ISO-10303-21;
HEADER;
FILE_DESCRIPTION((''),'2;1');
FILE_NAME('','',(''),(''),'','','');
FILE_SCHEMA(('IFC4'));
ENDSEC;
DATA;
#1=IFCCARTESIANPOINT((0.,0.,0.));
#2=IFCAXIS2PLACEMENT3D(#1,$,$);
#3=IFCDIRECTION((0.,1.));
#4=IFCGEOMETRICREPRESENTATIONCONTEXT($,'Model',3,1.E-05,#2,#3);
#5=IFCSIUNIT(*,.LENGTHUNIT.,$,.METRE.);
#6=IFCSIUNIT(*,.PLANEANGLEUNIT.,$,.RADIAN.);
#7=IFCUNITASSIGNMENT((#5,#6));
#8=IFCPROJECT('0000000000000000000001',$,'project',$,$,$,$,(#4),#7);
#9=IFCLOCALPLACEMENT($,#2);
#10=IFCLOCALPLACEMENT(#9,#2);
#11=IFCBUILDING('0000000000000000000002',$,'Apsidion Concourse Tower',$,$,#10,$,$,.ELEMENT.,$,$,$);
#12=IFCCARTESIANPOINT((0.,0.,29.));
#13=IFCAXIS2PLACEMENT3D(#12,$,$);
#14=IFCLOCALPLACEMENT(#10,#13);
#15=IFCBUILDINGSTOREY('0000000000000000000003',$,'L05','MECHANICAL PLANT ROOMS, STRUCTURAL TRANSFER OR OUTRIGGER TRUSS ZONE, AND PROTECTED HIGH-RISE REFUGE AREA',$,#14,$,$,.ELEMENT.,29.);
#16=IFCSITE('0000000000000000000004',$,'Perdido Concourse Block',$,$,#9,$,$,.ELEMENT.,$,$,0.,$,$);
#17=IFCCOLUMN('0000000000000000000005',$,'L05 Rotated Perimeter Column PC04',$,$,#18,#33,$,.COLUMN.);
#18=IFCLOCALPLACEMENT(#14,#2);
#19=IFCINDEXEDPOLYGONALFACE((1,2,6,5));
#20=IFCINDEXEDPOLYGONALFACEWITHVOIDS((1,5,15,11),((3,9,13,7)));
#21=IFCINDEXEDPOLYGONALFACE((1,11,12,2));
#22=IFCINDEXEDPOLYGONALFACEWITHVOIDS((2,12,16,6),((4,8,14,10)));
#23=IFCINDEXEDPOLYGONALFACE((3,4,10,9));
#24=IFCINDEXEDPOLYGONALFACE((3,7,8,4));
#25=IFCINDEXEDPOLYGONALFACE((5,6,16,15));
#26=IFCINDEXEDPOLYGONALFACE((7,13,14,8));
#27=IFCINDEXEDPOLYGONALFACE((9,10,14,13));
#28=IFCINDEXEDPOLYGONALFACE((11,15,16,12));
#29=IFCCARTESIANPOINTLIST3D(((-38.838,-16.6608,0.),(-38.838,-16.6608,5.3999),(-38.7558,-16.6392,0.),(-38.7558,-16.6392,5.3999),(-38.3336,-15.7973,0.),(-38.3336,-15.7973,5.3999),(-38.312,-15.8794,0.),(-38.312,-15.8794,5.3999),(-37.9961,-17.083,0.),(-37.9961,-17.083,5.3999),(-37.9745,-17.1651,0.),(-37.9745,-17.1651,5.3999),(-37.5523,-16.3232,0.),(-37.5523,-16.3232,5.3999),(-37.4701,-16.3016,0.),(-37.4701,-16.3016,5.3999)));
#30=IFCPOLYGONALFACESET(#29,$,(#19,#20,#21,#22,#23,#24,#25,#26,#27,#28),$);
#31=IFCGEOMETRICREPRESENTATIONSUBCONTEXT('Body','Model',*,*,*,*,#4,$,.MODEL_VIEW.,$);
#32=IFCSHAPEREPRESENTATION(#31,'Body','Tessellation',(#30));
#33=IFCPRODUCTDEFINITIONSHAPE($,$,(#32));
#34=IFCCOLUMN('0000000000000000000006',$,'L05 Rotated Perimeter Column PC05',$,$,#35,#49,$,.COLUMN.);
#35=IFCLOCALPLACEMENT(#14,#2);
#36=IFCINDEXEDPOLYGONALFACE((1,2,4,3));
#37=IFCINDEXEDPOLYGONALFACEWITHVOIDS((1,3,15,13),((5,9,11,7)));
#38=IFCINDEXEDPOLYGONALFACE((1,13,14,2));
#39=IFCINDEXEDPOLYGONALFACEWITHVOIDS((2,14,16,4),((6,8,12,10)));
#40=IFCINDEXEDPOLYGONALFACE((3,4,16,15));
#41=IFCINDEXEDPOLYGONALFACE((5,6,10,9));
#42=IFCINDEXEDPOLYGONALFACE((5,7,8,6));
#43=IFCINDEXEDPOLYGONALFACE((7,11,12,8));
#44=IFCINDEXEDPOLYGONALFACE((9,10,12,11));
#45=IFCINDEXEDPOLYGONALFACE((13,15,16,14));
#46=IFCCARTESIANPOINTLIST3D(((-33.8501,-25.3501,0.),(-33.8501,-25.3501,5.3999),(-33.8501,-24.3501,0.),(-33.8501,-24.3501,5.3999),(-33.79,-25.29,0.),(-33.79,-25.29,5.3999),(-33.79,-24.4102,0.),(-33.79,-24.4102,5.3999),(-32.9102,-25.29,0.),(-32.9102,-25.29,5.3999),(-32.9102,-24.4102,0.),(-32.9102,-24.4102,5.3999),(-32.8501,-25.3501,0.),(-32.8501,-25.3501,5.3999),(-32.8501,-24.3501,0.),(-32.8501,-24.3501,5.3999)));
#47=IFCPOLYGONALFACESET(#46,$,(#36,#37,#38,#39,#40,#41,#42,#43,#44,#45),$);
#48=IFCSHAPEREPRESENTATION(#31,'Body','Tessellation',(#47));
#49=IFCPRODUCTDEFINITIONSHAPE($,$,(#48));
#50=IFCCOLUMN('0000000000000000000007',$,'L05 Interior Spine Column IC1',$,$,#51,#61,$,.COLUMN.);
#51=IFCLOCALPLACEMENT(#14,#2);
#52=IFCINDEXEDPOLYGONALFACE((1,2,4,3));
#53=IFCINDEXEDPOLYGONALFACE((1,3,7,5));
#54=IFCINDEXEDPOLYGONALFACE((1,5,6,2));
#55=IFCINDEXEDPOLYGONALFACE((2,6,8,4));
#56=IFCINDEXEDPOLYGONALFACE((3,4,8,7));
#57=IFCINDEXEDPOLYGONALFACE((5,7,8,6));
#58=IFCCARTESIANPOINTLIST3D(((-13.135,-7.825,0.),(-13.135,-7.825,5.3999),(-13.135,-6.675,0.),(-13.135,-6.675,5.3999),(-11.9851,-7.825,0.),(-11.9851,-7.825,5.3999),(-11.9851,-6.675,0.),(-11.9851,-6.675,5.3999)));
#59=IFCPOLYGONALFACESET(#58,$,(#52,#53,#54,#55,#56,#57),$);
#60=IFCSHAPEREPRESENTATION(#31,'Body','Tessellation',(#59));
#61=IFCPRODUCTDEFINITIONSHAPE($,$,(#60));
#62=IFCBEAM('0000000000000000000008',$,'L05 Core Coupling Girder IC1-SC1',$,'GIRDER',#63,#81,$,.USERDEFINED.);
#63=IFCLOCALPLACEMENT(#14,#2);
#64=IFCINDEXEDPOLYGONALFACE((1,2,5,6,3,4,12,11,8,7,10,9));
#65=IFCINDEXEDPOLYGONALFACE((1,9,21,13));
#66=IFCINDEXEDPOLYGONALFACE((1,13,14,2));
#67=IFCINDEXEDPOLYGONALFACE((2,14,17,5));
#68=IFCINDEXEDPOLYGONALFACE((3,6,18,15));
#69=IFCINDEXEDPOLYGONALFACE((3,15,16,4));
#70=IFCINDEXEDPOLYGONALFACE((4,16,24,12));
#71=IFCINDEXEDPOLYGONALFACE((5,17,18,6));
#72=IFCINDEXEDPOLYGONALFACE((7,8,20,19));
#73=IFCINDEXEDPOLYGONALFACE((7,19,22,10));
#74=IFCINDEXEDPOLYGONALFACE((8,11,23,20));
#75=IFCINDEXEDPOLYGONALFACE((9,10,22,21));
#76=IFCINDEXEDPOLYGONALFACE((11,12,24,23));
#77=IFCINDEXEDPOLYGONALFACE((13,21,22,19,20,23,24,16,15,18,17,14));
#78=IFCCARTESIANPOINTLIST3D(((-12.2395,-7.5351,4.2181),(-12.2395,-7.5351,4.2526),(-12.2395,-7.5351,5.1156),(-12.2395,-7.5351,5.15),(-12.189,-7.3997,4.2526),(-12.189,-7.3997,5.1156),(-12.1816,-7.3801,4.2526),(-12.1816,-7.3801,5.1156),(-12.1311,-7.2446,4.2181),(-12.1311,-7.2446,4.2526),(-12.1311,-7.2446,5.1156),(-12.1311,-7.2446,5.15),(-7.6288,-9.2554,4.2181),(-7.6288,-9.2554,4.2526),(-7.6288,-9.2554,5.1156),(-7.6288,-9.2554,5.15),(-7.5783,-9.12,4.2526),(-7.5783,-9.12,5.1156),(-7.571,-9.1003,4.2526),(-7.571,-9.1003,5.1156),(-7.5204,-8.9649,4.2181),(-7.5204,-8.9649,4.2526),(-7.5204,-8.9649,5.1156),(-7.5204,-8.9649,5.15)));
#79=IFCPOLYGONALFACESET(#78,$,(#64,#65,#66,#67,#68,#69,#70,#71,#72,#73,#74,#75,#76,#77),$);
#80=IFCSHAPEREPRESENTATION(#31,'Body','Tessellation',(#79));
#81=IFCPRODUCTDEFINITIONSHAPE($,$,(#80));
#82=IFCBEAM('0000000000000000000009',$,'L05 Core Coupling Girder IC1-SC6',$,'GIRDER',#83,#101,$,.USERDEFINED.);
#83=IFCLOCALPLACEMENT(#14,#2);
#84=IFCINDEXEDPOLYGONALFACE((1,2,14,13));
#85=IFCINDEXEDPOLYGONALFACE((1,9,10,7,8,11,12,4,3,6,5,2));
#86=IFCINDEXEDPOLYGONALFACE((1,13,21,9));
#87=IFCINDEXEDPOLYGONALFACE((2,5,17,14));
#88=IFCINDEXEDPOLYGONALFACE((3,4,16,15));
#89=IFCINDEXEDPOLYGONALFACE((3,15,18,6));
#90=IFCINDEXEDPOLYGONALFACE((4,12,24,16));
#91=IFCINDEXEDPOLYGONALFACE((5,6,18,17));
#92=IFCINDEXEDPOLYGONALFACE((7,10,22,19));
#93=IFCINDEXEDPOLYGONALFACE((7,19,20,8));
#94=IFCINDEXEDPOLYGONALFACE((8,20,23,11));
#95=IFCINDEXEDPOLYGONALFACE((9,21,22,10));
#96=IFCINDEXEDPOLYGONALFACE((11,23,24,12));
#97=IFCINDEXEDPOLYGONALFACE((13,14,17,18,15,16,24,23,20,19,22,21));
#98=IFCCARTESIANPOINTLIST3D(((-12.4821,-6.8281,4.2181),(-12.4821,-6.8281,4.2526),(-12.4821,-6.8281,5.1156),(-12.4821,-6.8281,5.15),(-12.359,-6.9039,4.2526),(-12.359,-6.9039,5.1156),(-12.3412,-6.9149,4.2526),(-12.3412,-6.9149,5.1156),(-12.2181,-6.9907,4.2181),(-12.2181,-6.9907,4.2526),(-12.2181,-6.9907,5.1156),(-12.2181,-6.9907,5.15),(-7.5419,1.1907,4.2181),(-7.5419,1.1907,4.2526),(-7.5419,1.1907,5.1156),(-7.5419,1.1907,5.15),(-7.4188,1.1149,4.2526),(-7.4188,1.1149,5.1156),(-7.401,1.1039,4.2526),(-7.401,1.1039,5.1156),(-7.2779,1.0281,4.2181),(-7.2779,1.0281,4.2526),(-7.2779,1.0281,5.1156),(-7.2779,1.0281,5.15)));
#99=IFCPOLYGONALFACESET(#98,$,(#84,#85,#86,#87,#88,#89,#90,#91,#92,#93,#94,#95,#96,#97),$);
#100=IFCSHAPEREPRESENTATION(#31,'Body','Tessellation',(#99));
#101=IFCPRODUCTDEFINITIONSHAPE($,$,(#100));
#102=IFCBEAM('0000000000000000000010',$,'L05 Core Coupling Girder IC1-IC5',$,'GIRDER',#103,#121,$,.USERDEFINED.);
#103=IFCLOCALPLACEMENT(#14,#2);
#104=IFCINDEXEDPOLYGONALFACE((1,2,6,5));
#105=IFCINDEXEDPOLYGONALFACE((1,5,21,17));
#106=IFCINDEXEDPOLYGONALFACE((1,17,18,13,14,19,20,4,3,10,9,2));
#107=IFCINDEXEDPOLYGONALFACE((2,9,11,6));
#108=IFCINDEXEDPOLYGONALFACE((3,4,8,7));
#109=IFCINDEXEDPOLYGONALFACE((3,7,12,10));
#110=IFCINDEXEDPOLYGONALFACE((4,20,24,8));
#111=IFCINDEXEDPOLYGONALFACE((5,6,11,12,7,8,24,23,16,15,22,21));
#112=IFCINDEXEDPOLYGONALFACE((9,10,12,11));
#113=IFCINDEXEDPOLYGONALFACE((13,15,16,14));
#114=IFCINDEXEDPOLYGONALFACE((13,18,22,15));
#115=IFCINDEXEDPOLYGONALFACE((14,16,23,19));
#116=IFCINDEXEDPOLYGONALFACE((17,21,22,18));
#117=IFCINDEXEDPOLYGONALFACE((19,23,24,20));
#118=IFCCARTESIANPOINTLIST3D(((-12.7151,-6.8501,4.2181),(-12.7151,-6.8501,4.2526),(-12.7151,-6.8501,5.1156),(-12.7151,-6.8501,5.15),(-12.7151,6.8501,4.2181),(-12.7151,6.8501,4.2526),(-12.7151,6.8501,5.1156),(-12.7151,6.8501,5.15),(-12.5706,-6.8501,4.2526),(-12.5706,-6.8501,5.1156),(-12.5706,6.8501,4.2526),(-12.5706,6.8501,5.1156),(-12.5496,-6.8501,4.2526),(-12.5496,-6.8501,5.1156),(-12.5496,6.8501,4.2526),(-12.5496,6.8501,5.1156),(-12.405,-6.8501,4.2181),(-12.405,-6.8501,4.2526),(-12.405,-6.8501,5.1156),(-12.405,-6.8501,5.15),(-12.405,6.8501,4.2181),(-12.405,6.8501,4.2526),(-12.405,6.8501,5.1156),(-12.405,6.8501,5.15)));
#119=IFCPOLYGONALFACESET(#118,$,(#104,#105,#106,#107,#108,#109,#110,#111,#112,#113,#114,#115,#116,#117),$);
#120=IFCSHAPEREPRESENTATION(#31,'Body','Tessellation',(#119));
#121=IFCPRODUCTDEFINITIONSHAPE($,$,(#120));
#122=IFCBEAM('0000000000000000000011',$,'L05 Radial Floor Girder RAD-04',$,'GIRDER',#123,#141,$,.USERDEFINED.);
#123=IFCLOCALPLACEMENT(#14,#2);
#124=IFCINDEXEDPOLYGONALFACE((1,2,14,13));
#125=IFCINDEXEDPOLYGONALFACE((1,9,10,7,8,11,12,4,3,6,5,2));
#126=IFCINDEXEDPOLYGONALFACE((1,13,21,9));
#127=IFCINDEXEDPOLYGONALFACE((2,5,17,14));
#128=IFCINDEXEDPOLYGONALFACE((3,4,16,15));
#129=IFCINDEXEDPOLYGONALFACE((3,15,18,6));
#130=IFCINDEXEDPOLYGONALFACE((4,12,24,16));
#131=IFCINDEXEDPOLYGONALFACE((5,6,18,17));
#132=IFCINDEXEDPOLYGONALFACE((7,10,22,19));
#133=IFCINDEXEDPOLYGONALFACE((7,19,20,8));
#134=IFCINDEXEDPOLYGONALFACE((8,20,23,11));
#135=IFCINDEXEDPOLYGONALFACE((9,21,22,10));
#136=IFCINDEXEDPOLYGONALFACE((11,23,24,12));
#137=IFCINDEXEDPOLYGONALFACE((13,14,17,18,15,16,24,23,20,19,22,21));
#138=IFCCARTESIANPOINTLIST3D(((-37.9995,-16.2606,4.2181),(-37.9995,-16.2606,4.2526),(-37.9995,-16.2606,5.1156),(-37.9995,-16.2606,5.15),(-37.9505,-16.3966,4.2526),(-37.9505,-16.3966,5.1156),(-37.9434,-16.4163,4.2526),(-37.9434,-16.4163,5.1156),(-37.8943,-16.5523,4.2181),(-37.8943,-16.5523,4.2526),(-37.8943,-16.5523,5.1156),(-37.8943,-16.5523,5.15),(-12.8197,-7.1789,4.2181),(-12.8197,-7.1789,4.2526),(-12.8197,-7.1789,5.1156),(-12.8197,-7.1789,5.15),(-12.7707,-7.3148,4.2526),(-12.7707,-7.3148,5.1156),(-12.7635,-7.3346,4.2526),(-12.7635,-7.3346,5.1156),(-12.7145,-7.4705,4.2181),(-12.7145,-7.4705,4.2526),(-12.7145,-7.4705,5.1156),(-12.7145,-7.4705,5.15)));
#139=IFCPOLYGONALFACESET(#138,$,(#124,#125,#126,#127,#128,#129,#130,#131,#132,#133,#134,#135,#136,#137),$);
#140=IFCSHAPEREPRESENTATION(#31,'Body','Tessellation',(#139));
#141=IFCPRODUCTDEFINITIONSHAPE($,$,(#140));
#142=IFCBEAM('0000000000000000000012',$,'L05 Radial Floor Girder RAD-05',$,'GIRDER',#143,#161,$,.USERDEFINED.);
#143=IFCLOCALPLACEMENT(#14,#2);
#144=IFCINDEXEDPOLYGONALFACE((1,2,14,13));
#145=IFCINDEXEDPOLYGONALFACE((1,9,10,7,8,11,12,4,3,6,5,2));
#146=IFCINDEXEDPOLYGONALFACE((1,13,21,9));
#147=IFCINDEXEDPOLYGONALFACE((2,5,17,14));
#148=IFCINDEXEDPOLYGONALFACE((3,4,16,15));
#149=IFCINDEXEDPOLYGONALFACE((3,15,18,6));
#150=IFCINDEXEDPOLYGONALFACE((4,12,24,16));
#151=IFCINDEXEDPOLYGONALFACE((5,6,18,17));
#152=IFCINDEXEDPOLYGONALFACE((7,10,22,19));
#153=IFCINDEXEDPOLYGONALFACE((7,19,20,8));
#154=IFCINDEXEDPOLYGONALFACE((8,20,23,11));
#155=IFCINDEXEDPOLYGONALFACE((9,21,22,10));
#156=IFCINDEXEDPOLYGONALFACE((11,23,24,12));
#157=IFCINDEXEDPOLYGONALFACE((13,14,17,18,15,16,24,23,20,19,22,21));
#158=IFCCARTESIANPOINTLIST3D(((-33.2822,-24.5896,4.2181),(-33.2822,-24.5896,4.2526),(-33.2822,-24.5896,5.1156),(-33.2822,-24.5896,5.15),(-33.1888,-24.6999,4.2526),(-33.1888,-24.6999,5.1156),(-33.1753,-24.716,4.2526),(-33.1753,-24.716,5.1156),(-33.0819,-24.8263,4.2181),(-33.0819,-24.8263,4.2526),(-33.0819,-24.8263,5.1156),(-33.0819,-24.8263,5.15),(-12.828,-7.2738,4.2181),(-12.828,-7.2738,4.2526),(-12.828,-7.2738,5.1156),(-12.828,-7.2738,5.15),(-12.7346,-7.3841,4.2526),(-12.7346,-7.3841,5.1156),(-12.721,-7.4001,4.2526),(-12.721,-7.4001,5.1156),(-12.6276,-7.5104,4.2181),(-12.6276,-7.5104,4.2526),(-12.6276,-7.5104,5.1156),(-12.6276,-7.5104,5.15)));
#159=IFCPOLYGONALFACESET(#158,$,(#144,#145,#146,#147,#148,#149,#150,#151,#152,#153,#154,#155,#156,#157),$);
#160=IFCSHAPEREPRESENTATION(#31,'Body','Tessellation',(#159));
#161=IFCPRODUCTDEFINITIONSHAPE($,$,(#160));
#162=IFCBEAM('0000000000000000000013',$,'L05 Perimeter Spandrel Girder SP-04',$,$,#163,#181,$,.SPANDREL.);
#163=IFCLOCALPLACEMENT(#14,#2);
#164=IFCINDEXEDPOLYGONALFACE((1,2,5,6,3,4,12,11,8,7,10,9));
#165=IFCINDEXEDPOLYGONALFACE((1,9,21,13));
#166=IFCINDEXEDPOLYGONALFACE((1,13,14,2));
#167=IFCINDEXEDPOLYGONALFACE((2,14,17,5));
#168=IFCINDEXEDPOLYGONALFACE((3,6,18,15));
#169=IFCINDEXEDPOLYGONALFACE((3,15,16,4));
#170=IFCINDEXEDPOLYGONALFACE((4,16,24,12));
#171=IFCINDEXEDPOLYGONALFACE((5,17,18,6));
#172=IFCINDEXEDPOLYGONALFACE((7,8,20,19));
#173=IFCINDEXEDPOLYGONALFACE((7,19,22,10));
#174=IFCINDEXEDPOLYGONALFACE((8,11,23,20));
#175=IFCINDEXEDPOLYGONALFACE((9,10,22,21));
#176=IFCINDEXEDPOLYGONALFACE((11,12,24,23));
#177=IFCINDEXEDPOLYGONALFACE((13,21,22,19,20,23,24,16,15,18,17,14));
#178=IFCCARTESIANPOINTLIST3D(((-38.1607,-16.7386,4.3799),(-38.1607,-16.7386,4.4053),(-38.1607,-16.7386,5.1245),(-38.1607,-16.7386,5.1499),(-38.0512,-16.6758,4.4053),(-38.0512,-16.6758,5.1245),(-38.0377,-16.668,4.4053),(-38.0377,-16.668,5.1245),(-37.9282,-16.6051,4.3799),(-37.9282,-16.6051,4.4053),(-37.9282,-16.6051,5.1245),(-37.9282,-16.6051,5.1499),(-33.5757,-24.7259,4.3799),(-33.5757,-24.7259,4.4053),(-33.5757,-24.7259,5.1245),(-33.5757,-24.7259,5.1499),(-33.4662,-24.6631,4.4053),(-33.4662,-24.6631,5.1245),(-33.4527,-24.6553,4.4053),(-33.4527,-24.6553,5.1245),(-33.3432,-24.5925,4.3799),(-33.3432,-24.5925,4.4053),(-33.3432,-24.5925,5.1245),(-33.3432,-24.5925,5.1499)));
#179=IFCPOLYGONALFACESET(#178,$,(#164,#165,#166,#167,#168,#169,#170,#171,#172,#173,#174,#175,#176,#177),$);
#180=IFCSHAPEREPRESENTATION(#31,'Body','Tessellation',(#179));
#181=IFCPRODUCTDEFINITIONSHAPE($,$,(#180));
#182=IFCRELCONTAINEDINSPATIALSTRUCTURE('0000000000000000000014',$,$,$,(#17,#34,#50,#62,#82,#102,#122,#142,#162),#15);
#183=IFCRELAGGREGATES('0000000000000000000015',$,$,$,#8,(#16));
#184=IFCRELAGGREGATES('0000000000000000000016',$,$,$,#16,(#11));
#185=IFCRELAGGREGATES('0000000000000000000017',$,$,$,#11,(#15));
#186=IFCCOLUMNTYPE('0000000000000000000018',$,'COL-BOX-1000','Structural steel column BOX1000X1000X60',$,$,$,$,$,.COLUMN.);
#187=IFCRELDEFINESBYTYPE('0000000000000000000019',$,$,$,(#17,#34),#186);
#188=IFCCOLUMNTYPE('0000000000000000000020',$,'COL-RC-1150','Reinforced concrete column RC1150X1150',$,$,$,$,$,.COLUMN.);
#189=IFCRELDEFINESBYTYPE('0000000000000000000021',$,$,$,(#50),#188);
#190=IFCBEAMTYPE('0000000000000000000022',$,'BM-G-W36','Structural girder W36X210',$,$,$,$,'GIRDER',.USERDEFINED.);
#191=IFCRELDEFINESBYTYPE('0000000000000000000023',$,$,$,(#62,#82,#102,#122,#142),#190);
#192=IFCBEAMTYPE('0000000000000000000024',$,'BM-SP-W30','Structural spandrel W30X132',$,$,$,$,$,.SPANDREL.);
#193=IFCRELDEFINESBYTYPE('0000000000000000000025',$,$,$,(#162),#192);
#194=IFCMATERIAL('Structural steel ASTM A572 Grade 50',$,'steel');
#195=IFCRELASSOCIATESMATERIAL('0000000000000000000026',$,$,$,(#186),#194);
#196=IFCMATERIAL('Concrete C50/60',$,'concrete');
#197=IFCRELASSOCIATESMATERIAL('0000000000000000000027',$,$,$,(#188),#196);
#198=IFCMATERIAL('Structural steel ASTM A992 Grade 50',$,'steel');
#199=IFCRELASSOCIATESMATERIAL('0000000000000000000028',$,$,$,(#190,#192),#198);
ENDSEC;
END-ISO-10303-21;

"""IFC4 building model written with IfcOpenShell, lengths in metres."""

from ifc_helpers import new_model, si_unit, direction, frame, origin, origin_2d, place, context, subcontext, project, spatial, rectangle, hollow_rectangle, i_section, extrude, material, material_profile, profile_set, type_object, element, save


model = new_model("IFC4")

# Units and contexts
model_context = context("Model", 3, precision=1e-05, world=origin(), true_north=direction((0.0, 1.0)))
body_context = subcontext(model_context, "Body", "Model", "MODEL_VIEW")
ifc_project = project(units=[si_unit("LENGTHUNIT", "METRE"), si_unit("PLANEANGLEUNIT", "RADIAN")], contexts=[model_context])

# Site, building, storey
site_placement = place(None, origin())
site = spatial("IfcSite", under=ifc_project, at=site_placement, Name="Perdido Concourse Block", CompositionType="ELEMENT", RefElevation=0.0)
building_placement = place(site_placement, origin())
building = spatial("IfcBuilding", under=site, at=building_placement, Name="Apsidion Concourse Tower", CompositionType="ELEMENT")
storey_placement = place(building_placement, frame((0.0, 0.0, 29.0)))
storey = spatial("IfcBuildingStorey", under=building, at=storey_placement, Name="L05", Description="MECHANICAL PLANT ROOMS, STRUCTURAL TRANSFER OR OUTRIGGER TRUSS ZONE, AND PROTECTED HIGH-RISE REFUGE AREA", CompositionType="ELEMENT", Elevation=29.0)

# Columns
ifc_material_1 = material(Name="Structural steel ASTM A572 Grade 50", Category="steel")
ifc_material_profile_1 = material_profile(ifc_material_1, hollow_rectangle(XDim=1.0, YDim=1.0, WallThickness=0.0601, at=origin_2d()), Name="BOX1000X1000X60")
ifc_profile_set_1 = profile_set([ifc_material_profile_1], Name="Structural steel ASTM A572 Grade 50")
column_type_1 = type_object("IfcColumnType", Name="COL-BOX-1000", Description="Structural steel column BOX1000X1000X60", PredefinedType="COLUMN", material=ifc_profile_set_1)
for number, where, z_axis, x_axis, name in (
    (1, (-38.1541, -16.4812, 0.0), (0.0, 0.0, 1.0), (0.504377, 0.863484, 0.0), "L05 Rotated Perimeter Column PC04"),
    (2, (-33.3501, -24.8501, 0.0), (0.0, 0.0, 1.0), (1.0, 0.0, 0.0), "L05 Rotated Perimeter Column PC05"),
):
    element("IfcColumn", number, at=place(storey_placement, frame(where, z_axis=z_axis, x_axis=x_axis)), inside=storey, type_object=column_type_1, Name=name, PredefinedType="COLUMN", context=body_context, shape_type="SweptSolid", body=[
        extrude(hollow_rectangle(XDim=1.0, YDim=1.0, WallThickness=0.0601, at=origin_2d()), origin(), (0.0, 0.0, 1.0), 5.3999),
    ])
ifc_material_2 = material(Name="Concrete C50/60", Category="concrete")
ifc_material_profile_2 = material_profile(ifc_material_2, rectangle(XDim=1.1499, YDim=1.1499, at=origin_2d()), Name="RC 1150x1150")
ifc_profile_set_2 = profile_set([ifc_material_profile_2], Name="Concrete C50/60")
column_type_2 = type_object("IfcColumnType", Name="COL-RC-1150", Description="Reinforced concrete column RC1150X1150", PredefinedType="COLUMN", material=ifc_profile_set_2)
column_placement = place(storey_placement, frame((-12.5601, -7.25, 0.0), z_axis=(0.0, 0.0, 1.0), x_axis=(1.0, 0.0, 0.0)))
element("IfcColumn", 3, at=column_placement, inside=storey, type_object=column_type_2, Name="L05 Interior Spine Column IC1", PredefinedType="COLUMN", context=body_context, shape_type="SweptSolid", body=[
    extrude(rectangle(XDim=1.1499, YDim=1.1499, at=origin_2d()), origin(), (0.0, 0.0, 1.0), 5.3999),
])

# Beams
ifc_material_3 = material(Name="Structural steel ASTM A992 Grade 50", Category="steel")
ifc_material_profile_3 = material_profile(ifc_material_3, i_section(OverallWidth=0.3101, OverallDepth=0.9319, WebThickness=0.021, FlangeThickness=0.0344, at=origin_2d()), Name="W36X210")
ifc_profile_set_3 = profile_set([ifc_material_profile_3], Name="Structural steel ASTM A992 Grade 50")
beam_type_1 = type_object("IfcBeamType", Name="BM-G-W36", Description="Structural girder W36X210", ElementType="GIRDER", PredefinedType="USERDEFINED", material=ifc_profile_set_3)
beam_1_placement = place(storey_placement, frame((-12.1853, -7.3899, 4.6841), z_axis=(0.936913, -0.349563, 0.0), x_axis=(0.349563, 0.936913, 0.0)))
element("IfcBeam", 4, at=beam_1_placement, inside=storey, type_object=beam_type_1, Name="L05 Core Coupling Girder IC1-SC1", ObjectType="GIRDER", PredefinedType="USERDEFINED", context=body_context, shape_type="SweptSolid", body=[
    extrude(i_section(OverallWidth=0.3101, OverallDepth=0.9319, WebThickness=0.021, FlangeThickness=0.0344, at=origin_2d()), origin(), (0.0, 0.0, 1.0), 4.9211),
])
beam_2_placement = place(storey_placement, frame((-12.3501, -6.9094, 4.6841), z_axis=(0.524524, 0.851396, 0.0), x_axis=(-0.851396, 0.524524, 0.0)))
element("IfcBeam", 5, at=beam_2_placement, inside=storey, type_object=beam_type_1, Name="L05 Core Coupling Girder IC1-SC6", ObjectType="GIRDER", PredefinedType="USERDEFINED", context=body_context, shape_type="SweptSolid", body=[
    extrude(i_section(OverallWidth=0.3101, OverallDepth=0.9319, WebThickness=0.021, FlangeThickness=0.0344, at=origin_2d()), origin(), (0.0, 0.0, 1.0), 9.4185),
])
beam_3_placement = place(storey_placement, frame((-12.5601, -6.8501, 4.6841), z_axis=(0.0, 1.0, 0.0), x_axis=(-1.0, 0.0, 0.0)))
element("IfcBeam", 6, at=beam_3_placement, inside=storey, type_object=beam_type_1, Name="L05 Core Coupling Girder IC1-IC5", ObjectType="GIRDER", PredefinedType="USERDEFINED", context=body_context, shape_type="SweptSolid", body=[
    extrude(i_section(OverallWidth=0.3101, OverallDepth=0.9319, WebThickness=0.021, FlangeThickness=0.0344, at=origin_2d()), origin(), (0.0, 0.0, 1.0), 13.7002),
])
beam_4_placement = place(storey_placement, frame((-12.7671, -7.3247, 4.6841), z_axis=(-0.940685, -0.339282, 0.0), x_axis=(0.339282, -0.940685, 0.0)))
element("IfcBeam", 7, at=beam_4_placement, inside=storey, type_object=beam_type_1, Name="L05 Radial Floor Girder RAD-04", ObjectType="GIRDER", PredefinedType="USERDEFINED", context=body_context, shape_type="SweptSolid", body=[
    extrude(i_section(OverallWidth=0.3101, OverallDepth=0.9319, WebThickness=0.021, FlangeThickness=0.0344, at=origin_2d()), origin(), (0.0, 0.0, 1.0), 26.7676),
])
beam_5_placement = place(storey_placement, frame((-12.7278, -7.3921, 4.6841), z_axis=(-0.763232, -0.646125, 0.0), x_axis=(0.646125, -0.763232, 0.0)))
element("IfcBeam", 8, at=beam_5_placement, inside=storey, type_object=beam_type_1, Name="L05 Radial Floor Girder RAD-05", ObjectType="GIRDER", PredefinedType="USERDEFINED", context=body_context, shape_type="SweptSolid", body=[
    extrude(i_section(OverallWidth=0.3101, OverallDepth=0.9319, WebThickness=0.021, FlangeThickness=0.0344, at=origin_2d()), origin(), (0.0, 0.0, 1.0), 26.7996),
])
ifc_material_profile_4 = material_profile(ifc_material_3, i_section(OverallWidth=0.2681, OverallDepth=0.77, WebThickness=0.0156, FlangeThickness=0.0254, at=origin_2d()), Name="W30X132")
ifc_profile_set_4 = profile_set([ifc_material_profile_4], Name="Structural steel ASTM A992 Grade 50")
beam_type_2 = type_object("IfcBeamType", Name="BM-SP-W30", Description="Structural spandrel W30X132", PredefinedType="SPANDREL", material=ifc_profile_set_4)
beam_6_placement = place(storey_placement, frame((-38.0444, -16.6719, 4.7649), z_axis=(0.497839, -0.867269, 0.0), x_axis=(0.867269, 0.497839, 0.0)))
element("IfcBeam", 9, at=beam_6_placement, inside=storey, type_object=beam_type_2, Name="L05 Perimeter Spandrel Girder SP-04", PredefinedType="SPANDREL", context=body_context, shape_type="SweptSolid", body=[
    extrude(i_section(OverallWidth=0.2681, OverallDepth=0.77, WebThickness=0.0156, FlangeThickness=0.0254, at=origin_2d()), origin(), (0.0, 0.0, 1.0), 9.2097),
])

save(model, "model.ifc")
